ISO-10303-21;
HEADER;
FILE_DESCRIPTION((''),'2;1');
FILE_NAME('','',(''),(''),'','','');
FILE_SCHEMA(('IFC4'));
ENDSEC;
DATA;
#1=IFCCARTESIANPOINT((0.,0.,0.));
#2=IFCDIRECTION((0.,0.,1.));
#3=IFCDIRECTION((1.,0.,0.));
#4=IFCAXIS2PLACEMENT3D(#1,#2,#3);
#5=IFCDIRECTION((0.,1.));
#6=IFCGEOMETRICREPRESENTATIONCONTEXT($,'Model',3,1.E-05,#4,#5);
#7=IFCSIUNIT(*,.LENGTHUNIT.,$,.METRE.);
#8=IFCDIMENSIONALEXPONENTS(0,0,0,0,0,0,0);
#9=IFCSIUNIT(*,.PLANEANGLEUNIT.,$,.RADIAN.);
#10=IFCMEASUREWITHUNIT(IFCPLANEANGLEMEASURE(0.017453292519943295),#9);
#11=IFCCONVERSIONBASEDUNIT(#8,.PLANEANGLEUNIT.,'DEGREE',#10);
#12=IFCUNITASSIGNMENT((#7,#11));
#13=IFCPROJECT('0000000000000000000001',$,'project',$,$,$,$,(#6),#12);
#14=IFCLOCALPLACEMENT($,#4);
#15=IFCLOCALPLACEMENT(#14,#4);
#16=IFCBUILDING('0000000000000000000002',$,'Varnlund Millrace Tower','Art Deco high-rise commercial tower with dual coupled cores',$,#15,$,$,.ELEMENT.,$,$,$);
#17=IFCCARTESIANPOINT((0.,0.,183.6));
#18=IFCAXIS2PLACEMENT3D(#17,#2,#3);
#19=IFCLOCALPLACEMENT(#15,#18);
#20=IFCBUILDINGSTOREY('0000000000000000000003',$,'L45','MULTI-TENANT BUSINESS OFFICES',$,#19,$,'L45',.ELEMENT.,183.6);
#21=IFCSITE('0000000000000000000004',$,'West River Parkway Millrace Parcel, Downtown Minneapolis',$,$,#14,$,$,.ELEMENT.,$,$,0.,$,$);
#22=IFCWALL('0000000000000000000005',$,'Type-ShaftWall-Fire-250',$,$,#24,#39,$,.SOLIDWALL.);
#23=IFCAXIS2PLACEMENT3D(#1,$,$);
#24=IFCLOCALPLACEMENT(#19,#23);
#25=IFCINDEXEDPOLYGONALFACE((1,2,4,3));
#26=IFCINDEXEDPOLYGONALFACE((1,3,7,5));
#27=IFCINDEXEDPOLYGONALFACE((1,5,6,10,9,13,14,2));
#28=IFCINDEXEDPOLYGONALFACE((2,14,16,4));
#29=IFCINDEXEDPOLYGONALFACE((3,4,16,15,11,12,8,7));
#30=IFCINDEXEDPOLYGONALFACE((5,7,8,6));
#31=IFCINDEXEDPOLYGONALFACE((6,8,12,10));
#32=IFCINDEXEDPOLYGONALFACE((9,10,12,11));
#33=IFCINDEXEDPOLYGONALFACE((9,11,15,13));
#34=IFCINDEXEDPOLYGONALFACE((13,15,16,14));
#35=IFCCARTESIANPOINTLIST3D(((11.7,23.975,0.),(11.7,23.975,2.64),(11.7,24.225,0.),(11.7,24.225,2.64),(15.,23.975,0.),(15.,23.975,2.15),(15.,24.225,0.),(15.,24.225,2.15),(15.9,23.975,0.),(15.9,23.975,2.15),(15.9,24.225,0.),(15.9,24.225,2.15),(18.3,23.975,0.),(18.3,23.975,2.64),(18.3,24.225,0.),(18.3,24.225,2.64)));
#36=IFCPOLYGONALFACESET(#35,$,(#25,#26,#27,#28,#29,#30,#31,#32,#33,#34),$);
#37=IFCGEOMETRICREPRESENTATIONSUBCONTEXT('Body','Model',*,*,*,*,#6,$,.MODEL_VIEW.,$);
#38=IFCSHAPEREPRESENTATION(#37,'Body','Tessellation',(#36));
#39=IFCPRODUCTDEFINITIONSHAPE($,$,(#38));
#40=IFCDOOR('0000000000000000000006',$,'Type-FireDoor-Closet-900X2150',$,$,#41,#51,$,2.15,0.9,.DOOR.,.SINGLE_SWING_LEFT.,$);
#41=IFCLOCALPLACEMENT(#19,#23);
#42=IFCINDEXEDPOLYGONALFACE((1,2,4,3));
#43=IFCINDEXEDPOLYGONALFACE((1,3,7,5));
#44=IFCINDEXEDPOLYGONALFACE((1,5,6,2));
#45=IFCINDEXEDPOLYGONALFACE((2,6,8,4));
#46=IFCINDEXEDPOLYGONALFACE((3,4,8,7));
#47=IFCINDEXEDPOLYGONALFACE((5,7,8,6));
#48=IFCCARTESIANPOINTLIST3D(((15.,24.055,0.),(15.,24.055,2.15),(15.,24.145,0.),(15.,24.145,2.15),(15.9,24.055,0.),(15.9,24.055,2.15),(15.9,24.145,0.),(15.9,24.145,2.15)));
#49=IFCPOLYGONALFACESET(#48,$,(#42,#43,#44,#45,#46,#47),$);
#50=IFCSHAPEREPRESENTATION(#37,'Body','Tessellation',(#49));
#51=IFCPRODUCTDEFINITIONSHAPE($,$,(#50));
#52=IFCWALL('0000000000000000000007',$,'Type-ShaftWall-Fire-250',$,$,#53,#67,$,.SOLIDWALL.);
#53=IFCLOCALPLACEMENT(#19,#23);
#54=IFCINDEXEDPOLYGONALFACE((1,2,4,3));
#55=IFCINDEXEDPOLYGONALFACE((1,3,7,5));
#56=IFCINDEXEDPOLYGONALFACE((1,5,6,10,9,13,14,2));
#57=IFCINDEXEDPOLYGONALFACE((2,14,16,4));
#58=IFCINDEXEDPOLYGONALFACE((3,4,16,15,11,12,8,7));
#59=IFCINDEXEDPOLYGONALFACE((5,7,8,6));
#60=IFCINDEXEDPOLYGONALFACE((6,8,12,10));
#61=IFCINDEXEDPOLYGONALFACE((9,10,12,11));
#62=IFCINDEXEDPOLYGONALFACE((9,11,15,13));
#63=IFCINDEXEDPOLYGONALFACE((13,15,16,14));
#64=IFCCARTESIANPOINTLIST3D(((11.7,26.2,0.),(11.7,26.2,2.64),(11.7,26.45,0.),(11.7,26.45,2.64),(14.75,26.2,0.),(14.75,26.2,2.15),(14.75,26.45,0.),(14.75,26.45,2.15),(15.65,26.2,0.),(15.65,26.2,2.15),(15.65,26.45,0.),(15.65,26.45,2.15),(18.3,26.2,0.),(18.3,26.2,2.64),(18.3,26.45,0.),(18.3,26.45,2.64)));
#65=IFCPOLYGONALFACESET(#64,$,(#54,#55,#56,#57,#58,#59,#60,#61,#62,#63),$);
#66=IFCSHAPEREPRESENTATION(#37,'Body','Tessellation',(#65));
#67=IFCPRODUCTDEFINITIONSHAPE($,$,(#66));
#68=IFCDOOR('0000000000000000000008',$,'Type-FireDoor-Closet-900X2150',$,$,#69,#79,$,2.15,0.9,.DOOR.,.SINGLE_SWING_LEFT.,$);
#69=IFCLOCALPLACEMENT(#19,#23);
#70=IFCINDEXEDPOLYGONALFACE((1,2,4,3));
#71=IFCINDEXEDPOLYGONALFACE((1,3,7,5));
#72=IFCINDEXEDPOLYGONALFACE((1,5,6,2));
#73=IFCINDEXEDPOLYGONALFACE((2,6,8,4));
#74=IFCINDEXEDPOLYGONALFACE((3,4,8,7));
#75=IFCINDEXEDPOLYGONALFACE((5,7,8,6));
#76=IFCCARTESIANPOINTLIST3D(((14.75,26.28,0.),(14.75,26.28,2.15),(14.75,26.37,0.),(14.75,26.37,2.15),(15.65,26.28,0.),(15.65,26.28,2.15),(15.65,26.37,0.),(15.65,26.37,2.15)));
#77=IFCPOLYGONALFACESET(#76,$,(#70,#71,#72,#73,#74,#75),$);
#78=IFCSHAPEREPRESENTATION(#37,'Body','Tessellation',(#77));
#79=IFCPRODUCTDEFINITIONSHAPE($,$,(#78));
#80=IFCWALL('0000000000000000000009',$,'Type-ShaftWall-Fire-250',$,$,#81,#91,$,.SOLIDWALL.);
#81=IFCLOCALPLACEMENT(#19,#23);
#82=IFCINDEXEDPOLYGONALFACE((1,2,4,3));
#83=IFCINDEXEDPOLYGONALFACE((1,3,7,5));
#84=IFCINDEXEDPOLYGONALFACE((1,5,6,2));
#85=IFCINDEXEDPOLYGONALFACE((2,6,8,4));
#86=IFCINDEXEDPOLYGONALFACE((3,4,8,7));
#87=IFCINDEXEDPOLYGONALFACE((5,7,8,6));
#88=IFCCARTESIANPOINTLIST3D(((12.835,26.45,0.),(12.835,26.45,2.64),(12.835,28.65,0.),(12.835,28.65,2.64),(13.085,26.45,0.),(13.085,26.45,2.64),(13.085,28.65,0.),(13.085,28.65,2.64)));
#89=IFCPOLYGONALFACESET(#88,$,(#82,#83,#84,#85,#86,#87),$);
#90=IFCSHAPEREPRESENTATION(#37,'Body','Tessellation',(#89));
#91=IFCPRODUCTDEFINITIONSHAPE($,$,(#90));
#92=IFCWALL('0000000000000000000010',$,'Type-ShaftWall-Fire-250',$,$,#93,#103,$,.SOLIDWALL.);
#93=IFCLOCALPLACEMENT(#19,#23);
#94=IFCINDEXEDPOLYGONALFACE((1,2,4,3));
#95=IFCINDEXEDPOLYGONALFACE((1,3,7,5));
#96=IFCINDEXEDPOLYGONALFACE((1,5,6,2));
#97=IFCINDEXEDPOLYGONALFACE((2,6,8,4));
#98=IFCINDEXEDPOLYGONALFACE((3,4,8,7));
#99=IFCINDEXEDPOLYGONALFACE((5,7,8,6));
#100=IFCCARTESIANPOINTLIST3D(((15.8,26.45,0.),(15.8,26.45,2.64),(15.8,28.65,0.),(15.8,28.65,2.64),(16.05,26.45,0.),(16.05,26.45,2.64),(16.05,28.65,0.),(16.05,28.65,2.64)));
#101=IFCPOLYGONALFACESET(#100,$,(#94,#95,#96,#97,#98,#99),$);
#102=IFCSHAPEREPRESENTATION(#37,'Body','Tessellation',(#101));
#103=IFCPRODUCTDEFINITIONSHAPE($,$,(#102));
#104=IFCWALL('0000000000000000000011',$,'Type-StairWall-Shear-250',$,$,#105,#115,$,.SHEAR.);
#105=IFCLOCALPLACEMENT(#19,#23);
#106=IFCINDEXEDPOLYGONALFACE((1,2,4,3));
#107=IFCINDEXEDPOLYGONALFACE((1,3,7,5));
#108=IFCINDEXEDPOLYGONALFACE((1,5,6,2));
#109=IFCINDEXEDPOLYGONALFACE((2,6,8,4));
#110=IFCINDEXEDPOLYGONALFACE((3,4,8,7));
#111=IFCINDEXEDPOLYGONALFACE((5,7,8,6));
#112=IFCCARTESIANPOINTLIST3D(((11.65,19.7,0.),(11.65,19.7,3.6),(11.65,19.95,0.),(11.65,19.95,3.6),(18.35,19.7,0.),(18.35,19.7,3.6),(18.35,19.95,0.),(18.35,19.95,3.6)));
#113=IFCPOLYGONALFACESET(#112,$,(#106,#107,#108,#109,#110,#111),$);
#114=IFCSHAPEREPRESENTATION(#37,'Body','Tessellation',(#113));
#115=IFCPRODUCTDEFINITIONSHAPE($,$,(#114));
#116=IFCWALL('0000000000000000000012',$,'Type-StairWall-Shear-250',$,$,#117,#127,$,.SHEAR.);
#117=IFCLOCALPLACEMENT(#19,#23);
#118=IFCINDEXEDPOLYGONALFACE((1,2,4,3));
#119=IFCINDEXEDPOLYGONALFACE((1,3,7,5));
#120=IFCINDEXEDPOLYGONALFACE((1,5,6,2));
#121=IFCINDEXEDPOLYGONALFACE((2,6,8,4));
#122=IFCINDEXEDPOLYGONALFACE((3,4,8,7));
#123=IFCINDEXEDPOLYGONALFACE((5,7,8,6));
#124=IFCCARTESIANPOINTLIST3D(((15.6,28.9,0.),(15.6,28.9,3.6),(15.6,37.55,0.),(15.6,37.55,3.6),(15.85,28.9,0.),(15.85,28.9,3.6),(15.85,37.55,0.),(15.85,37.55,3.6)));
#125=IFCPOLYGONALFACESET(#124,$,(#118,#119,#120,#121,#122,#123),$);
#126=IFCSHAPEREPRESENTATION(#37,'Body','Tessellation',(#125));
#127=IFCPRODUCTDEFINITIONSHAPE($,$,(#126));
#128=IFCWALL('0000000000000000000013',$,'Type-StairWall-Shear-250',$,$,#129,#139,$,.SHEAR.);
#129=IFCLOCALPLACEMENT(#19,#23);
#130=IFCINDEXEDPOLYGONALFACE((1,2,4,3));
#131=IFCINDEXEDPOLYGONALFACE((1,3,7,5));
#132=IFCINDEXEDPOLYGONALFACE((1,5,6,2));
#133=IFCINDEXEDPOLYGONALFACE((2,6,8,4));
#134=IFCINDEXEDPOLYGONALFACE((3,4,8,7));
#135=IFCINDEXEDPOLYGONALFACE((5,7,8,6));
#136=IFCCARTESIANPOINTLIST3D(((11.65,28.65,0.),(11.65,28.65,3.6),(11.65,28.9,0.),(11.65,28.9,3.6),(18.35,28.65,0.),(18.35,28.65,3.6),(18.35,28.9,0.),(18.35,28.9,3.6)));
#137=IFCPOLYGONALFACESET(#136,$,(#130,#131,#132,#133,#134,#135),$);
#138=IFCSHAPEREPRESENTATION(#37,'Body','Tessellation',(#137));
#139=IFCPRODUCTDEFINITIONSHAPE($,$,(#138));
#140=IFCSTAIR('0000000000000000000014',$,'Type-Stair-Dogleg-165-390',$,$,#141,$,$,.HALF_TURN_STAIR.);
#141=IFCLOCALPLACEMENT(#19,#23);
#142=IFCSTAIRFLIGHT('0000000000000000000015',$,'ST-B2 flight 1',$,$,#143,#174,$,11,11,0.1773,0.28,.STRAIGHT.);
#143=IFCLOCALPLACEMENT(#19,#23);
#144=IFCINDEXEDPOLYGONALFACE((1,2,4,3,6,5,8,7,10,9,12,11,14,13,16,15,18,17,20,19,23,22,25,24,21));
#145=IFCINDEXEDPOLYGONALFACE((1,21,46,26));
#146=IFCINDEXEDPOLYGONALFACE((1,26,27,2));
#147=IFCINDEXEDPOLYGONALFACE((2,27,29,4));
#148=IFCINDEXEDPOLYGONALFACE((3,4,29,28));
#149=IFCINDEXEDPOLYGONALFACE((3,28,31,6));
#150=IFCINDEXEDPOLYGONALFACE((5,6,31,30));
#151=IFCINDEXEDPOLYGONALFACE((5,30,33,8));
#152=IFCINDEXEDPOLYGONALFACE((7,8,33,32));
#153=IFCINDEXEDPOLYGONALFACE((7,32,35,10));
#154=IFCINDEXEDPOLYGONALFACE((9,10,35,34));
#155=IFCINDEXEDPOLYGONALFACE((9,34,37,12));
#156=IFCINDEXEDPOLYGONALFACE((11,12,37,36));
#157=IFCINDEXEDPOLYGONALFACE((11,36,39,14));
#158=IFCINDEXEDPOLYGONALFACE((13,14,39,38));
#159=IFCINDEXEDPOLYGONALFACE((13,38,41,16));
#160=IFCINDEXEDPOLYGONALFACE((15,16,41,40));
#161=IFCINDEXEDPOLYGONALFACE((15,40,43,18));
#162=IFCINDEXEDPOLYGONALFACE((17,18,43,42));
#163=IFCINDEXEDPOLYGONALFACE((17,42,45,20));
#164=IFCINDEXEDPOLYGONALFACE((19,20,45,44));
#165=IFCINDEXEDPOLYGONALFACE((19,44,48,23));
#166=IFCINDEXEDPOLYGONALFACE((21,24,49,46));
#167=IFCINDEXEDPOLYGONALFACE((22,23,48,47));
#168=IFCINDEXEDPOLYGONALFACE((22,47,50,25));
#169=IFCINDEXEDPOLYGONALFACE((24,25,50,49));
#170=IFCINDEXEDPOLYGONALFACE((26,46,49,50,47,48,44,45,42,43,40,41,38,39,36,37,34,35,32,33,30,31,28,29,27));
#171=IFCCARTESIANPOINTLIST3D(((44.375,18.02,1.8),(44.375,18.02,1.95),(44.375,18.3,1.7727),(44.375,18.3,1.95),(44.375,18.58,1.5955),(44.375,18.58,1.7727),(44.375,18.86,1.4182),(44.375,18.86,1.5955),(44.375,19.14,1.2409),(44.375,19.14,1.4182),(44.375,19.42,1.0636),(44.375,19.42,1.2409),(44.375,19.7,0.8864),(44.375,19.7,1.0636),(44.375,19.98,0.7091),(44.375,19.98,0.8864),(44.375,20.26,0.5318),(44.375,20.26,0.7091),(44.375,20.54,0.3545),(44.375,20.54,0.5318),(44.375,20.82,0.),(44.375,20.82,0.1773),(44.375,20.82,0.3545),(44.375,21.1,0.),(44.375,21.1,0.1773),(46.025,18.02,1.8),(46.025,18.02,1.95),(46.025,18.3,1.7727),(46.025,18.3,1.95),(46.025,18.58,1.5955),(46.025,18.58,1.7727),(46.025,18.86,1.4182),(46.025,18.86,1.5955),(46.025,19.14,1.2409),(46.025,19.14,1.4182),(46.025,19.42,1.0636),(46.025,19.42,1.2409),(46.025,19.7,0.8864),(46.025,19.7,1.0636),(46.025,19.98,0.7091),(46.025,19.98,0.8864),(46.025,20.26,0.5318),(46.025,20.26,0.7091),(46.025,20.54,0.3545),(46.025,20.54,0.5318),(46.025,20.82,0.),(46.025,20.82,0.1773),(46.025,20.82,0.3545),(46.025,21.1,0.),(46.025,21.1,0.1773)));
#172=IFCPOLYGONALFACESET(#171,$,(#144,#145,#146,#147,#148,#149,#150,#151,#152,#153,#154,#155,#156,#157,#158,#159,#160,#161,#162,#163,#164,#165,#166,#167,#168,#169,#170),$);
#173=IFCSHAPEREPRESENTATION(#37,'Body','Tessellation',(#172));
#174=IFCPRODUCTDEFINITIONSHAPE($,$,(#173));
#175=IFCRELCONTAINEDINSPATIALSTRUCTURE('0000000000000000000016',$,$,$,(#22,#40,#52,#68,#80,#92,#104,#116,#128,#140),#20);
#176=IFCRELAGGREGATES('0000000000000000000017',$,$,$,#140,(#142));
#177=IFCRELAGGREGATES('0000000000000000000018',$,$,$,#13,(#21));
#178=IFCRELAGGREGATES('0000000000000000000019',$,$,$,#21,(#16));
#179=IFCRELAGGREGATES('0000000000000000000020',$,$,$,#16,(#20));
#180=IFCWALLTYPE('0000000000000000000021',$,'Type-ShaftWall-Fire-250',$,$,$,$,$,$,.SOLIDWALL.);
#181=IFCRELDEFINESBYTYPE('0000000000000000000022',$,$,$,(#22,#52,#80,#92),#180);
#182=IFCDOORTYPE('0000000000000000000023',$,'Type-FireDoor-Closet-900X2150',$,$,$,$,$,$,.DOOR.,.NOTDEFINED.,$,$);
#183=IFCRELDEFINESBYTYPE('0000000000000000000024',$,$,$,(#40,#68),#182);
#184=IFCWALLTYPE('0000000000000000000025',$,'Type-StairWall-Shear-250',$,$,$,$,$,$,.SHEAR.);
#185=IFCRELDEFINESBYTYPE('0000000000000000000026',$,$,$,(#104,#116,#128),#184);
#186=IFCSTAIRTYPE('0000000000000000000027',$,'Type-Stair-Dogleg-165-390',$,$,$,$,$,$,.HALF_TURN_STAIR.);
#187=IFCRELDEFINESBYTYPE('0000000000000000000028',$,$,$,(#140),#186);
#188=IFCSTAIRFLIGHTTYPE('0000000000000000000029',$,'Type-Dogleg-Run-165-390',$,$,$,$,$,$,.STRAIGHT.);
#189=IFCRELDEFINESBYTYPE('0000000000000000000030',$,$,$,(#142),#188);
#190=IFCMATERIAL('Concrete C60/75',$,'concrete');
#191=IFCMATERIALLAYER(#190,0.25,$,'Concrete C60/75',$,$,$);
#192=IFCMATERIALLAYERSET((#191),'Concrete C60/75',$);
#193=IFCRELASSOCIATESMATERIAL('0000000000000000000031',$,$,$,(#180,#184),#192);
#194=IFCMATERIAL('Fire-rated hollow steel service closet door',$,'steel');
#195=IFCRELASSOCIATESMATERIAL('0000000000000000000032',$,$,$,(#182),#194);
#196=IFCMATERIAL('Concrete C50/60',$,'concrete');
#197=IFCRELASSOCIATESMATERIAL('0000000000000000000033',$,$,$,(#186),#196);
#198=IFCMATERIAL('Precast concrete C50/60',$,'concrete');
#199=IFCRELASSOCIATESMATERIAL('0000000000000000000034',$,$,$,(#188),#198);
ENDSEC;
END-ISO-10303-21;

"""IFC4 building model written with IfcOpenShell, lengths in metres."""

from ifc_helpers import new_model, entity, si_unit, converted_unit, direction, frame, origin_with_axes, origin_2d_with_axis, place, context, subcontext, project, spatial, polyline, rectangle, outline, extrude, material, layer, layer_set, type_object, element, fill, aggregate, save


model = new_model("IFC4")

# Units and contexts
model_context = context("Model", 3, precision=1e-05, world=origin_with_axes(), true_north=direction((0.0, 1.0)))
body_context = subcontext(model_context, "Body", "Model", "MODEL_VIEW")
ifc_project = project(units=[si_unit("LENGTHUNIT", "METRE"), converted_unit("PLANEANGLEUNIT", "DEGREE", entity("IfcPlaneAngleMeasure", 0.017453292519943295), si_unit("PLANEANGLEUNIT", "RADIAN"), dimensions=[0, 0, 0, 0, 0, 0, 0])], contexts=[model_context])

# Site, building, storey
site_placement = place(None, origin_with_axes())
site = spatial("IfcSite", under=ifc_project, at=site_placement, Name="West River Parkway Millrace Parcel, Downtown Minneapolis", CompositionType="ELEMENT", RefElevation=0.0)
building_placement = place(site_placement, origin_with_axes())
building = spatial("IfcBuilding", under=site, at=building_placement, Name="Varnlund Millrace Tower", Description="Art Deco high-rise commercial tower with dual coupled cores", CompositionType="ELEMENT")
storey_placement = place(building_placement, frame((0.0, 0.0, 183.6), z_axis=(0.0, 0.0, 1.0), x_axis=(1.0, 0.0, 0.0)))
storey = spatial("IfcBuildingStorey", under=building, at=storey_placement, Name="L45", Description="MULTI-TENANT BUSINESS OFFICES", LongName="L45", CompositionType="ELEMENT", Elevation=183.6)

# Shared definitions
ifc_material_1 = material(Name="Concrete C60/75", Category="concrete")
ifc_layer_1 = layer(ifc_material_1, 0.25, Name="Concrete C60/75")
ifc_layer_set_1 = layer_set([ifc_layer_1], Name="Concrete C60/75")
wall_type_1 = type_object("IfcWallType", Name="Type-ShaftWall-Fire-250", PredefinedType="SOLIDWALL", material=ifc_layer_set_1)

# Walls, openings, doors
wall_1_placement = place(storey_placement, frame((11.7, 24.1, 0.0), z_axis=(0.0, 0.0, 1.0), x_axis=(1.0, 0.0, 0.0)))
wall_1 = element("IfcWall", 1, at=wall_1_placement, inside=storey, type_object=wall_type_1, Name="Type-ShaftWall-Fire-250", PredefinedType="SOLIDWALL", context=body_context, shape_type="SweptSolid", body=[
    extrude(outline(polyline([(0.0, -0.125), (6.6, -0.125), (6.6, 0.125), (0.0, 0.125), (0.0, -0.125)])), origin_with_axes(), (0.0, 0.0, 1.0), 2.64),
])
opening_1_placement = place(wall_1_placement, frame((3.75, 0.0, 0.0), z_axis=(0.0, 0.0, 1.0), x_axis=(1.0, 0.0, 0.0)))
opening_1 = element("IfcOpeningElement", 2, at=opening_1_placement, cuts=wall_1, PredefinedType="OPENING", context=body_context, shape_type="SweptSolid", body=[
    extrude(rectangle(XDim=0.9, YDim=0.27, at=origin_2d_with_axis()), origin_with_axes(), (0.0, 0.0, 1.0), 2.15),
])
ifc_material_2 = material(Name="Fire-rated hollow steel service closet door", Category="steel")
door_type_1 = type_object("IfcDoorType", Name="Type-FireDoor-Closet-900X2150", OperationType="NOTDEFINED", PredefinedType="DOOR", material=ifc_material_2)
door_1_placement = place(wall_1_placement, frame((3.75, 0.0, 0.0), z_axis=(0.0, 0.0, 1.0), x_axis=(1.0, 0.0, 0.0)))
door_1 = element("IfcDoor", 3, at=door_1_placement, inside=storey, type_object=door_type_1, Name="Type-FireDoor-Closet-900X2150", OperationType="SINGLE_SWING_LEFT", OverallHeight=2.15, OverallWidth=0.9, PredefinedType="DOOR", context=body_context, shape_type="SweptSolid", body=[
    extrude(rectangle(XDim=0.9, YDim=0.09, at=origin_2d_with_axis()), origin_with_axes(), (0.0, 0.0, 1.0), 2.15),
])
fill(opening_1, door_1)
wall_2_placement = place(storey_placement, frame((11.7, 26.325, 0.0), z_axis=(0.0, 0.0, 1.0), x_axis=(1.0, 0.0, 0.0)))
wall_2 = element("IfcWall", 4, at=wall_2_placement, inside=storey, type_object=wall_type_1, Name="Type-ShaftWall-Fire-250", PredefinedType="SOLIDWALL", context=body_context, shape_type="SweptSolid", body=[
    extrude(outline(polyline([(0.0, -0.125), (6.6, -0.125), (6.6, 0.125), (0.0, 0.125), (0.0, -0.125)])), origin_with_axes(), (0.0, 0.0, 1.0), 2.64),
])
opening_2_placement = place(wall_2_placement, frame((3.5, 0.0, 0.0), z_axis=(0.0, 0.0, 1.0), x_axis=(1.0, 0.0, 0.0)))
opening_2 = element("IfcOpeningElement", 5, at=opening_2_placement, cuts=wall_2, PredefinedType="OPENING", context=body_context, shape_type="SweptSolid", body=[
    extrude(rectangle(XDim=0.9, YDim=0.27, at=origin_2d_with_axis()), origin_with_axes(), (0.0, 0.0, 1.0), 2.15),
])
door_2_placement = place(wall_2_placement, frame((3.5, 0.0, 0.0), z_axis=(0.0, 0.0, 1.0), x_axis=(1.0, 0.0, 0.0)))
door_2 = element("IfcDoor", 6, at=door_2_placement, inside=storey, type_object=door_type_1, Name="Type-FireDoor-Closet-900X2150", OperationType="SINGLE_SWING_LEFT", OverallHeight=2.15, OverallWidth=0.9, PredefinedType="DOOR", context=body_context, shape_type="SweptSolid", body=[
    extrude(rectangle(XDim=0.9, YDim=0.09, at=origin_2d_with_axis()), origin_with_axes(), (0.0, 0.0, 1.0), 2.15),
])
fill(opening_2, door_2)

# Walls
for number, where, z_axis, x_axis, name in (
    (7, (12.96, 26.45, 0.0), (0.0, 0.0, 1.0), (0.0, 1.0, 0.0), "Type-ShaftWall-Fire-250"),
    (8, (15.925, 26.45, 0.0), (0.0, 0.0, 1.0), (0.0, 1.0, 0.0), "Type-ShaftWall-Fire-250"),
):
    element("IfcWall", number, at=place(storey_placement, frame(where, z_axis=z_axis, x_axis=x_axis)), inside=storey, type_object=wall_type_1, Name=name, PredefinedType="SOLIDWALL", context=body_context, shape_type="SweptSolid", body=[
        extrude(outline(polyline([(0.0, -0.125), (2.2, -0.125), (2.2, 0.125), (0.0, 0.125), (0.0, -0.125)])), origin_with_axes(), (0.0, 0.0, 1.0), 2.64),
    ])
wall_type_2 = type_object("IfcWallType", Name="Type-StairWall-Shear-250", PredefinedType="SHEAR", material=ifc_layer_set_1)
wall_3_placement = place(storey_placement, frame((11.65, 19.825, 0.0), z_axis=(0.0, 0.0, 1.0), x_axis=(1.0, 0.0, 0.0)))
element("IfcWall", 9, at=wall_3_placement, inside=storey, type_object=wall_type_2, Name="Type-StairWall-Shear-250", PredefinedType="SHEAR", context=body_context, shape_type="SweptSolid", body=[
    extrude(outline(polyline([(0.0, -0.125), (6.7, -0.125), (6.7, 0.125), (0.0, 0.125), (0.0, -0.125)])), origin_with_axes(), (0.0, 0.0, 1.0), 3.6),
])
wall_4_placement = place(storey_placement, frame((15.725, 28.9, 0.0), z_axis=(0.0, 0.0, 1.0), x_axis=(0.0, 1.0, 0.0)))
element("IfcWall", 10, at=wall_4_placement, inside=storey, type_object=wall_type_2, Name="Type-StairWall-Shear-250", PredefinedType="SHEAR", context=body_context, shape_type="SweptSolid", body=[
    extrude(outline(polyline([(0.0, -0.125), (8.65, -0.125), (8.65, 0.125), (0.0, 0.125), (0.0, -0.125)])), origin_with_axes(), (0.0, 0.0, 1.0), 3.6),
])
wall_5_placement = place(storey_placement, frame((11.65, 28.775, 0.0), z_axis=(0.0, 0.0, 1.0), x_axis=(1.0, 0.0, 0.0)))
element("IfcWall", 11, at=wall_5_placement, inside=storey, type_object=wall_type_2, Name="Type-StairWall-Shear-250", PredefinedType="SHEAR", context=body_context, shape_type="SweptSolid", body=[
    extrude(outline(polyline([(0.0, -0.125), (6.7, -0.125), (6.7, 0.125), (0.0, 0.125), (0.0, -0.125)])), origin_with_axes(), (0.0, 0.0, 1.0), 3.6),
])

# Stair, stair flight
ifc_material_3 = material(Name="Concrete C50/60", Category="concrete")
stair_type_1 = type_object("IfcStairType", Name="Type-Stair-Dogleg-165-390", PredefinedType="HALF_TURN_STAIR", material=ifc_material_3)
stair_1_placement = place(storey_placement, origin_with_axes())
stair_1 = element("IfcStair", 12, at=stair_1_placement, inside=storey, type_object=stair_type_1, Name="Type-Stair-Dogleg-165-390", PredefinedType="HALF_TURN_STAIR")
ifc_material_4 = material(Name="Precast concrete C50/60", Category="concrete")
stair_flight_type_1 = type_object("IfcStairFlightType", Name="Type-Dogleg-Run-165-390", PredefinedType="STRAIGHT", material=ifc_material_4)
stair_flight_1_placement = place(storey_placement, frame((46.025, 21.1, 0.0), z_axis=(-1.0, 0.0, 0.0), x_axis=(0.0, -1.0, 0.0)))
stair_flight_1 = element("IfcStairFlight", 13, at=stair_flight_1_placement, type_object=stair_flight_type_1, Name="ST-B2 flight 1", NumberOfRisers=11, NumberOfTreads=11, PredefinedType="STRAIGHT", RiserHeight=0.1773, TreadLength=0.28, context=body_context, shape_type="SweptSolid", body=[
    extrude(outline(polyline([(0.0, 0.0), (0.0, 0.1773), (0.28, 0.1773), (0.28, 0.3545), (0.56, 0.3545), (0.56, 0.5318), (0.84, 0.5318), (0.84, 0.7091), (1.12, 0.7091), (1.12, 0.8864), (1.4, 0.8864), (1.4, 1.0636), (1.68, 1.0636), (1.68, 1.2409), (1.96, 1.2409), (1.96, 1.4182), (2.24, 1.4182), (2.24, 1.5955), (2.52, 1.5955), (2.52, 1.7727), (2.8, 1.7727), (2.8, 1.95), (3.08, 1.95), (3.08, 1.8), (0.28, 0.0), (0.0, 0.0)])), origin_with_axes(), (0.0, 0.0, 1.0), 1.65),
])
aggregate(stair_1, [stair_flight_1])

save(model, "model.ifc")
